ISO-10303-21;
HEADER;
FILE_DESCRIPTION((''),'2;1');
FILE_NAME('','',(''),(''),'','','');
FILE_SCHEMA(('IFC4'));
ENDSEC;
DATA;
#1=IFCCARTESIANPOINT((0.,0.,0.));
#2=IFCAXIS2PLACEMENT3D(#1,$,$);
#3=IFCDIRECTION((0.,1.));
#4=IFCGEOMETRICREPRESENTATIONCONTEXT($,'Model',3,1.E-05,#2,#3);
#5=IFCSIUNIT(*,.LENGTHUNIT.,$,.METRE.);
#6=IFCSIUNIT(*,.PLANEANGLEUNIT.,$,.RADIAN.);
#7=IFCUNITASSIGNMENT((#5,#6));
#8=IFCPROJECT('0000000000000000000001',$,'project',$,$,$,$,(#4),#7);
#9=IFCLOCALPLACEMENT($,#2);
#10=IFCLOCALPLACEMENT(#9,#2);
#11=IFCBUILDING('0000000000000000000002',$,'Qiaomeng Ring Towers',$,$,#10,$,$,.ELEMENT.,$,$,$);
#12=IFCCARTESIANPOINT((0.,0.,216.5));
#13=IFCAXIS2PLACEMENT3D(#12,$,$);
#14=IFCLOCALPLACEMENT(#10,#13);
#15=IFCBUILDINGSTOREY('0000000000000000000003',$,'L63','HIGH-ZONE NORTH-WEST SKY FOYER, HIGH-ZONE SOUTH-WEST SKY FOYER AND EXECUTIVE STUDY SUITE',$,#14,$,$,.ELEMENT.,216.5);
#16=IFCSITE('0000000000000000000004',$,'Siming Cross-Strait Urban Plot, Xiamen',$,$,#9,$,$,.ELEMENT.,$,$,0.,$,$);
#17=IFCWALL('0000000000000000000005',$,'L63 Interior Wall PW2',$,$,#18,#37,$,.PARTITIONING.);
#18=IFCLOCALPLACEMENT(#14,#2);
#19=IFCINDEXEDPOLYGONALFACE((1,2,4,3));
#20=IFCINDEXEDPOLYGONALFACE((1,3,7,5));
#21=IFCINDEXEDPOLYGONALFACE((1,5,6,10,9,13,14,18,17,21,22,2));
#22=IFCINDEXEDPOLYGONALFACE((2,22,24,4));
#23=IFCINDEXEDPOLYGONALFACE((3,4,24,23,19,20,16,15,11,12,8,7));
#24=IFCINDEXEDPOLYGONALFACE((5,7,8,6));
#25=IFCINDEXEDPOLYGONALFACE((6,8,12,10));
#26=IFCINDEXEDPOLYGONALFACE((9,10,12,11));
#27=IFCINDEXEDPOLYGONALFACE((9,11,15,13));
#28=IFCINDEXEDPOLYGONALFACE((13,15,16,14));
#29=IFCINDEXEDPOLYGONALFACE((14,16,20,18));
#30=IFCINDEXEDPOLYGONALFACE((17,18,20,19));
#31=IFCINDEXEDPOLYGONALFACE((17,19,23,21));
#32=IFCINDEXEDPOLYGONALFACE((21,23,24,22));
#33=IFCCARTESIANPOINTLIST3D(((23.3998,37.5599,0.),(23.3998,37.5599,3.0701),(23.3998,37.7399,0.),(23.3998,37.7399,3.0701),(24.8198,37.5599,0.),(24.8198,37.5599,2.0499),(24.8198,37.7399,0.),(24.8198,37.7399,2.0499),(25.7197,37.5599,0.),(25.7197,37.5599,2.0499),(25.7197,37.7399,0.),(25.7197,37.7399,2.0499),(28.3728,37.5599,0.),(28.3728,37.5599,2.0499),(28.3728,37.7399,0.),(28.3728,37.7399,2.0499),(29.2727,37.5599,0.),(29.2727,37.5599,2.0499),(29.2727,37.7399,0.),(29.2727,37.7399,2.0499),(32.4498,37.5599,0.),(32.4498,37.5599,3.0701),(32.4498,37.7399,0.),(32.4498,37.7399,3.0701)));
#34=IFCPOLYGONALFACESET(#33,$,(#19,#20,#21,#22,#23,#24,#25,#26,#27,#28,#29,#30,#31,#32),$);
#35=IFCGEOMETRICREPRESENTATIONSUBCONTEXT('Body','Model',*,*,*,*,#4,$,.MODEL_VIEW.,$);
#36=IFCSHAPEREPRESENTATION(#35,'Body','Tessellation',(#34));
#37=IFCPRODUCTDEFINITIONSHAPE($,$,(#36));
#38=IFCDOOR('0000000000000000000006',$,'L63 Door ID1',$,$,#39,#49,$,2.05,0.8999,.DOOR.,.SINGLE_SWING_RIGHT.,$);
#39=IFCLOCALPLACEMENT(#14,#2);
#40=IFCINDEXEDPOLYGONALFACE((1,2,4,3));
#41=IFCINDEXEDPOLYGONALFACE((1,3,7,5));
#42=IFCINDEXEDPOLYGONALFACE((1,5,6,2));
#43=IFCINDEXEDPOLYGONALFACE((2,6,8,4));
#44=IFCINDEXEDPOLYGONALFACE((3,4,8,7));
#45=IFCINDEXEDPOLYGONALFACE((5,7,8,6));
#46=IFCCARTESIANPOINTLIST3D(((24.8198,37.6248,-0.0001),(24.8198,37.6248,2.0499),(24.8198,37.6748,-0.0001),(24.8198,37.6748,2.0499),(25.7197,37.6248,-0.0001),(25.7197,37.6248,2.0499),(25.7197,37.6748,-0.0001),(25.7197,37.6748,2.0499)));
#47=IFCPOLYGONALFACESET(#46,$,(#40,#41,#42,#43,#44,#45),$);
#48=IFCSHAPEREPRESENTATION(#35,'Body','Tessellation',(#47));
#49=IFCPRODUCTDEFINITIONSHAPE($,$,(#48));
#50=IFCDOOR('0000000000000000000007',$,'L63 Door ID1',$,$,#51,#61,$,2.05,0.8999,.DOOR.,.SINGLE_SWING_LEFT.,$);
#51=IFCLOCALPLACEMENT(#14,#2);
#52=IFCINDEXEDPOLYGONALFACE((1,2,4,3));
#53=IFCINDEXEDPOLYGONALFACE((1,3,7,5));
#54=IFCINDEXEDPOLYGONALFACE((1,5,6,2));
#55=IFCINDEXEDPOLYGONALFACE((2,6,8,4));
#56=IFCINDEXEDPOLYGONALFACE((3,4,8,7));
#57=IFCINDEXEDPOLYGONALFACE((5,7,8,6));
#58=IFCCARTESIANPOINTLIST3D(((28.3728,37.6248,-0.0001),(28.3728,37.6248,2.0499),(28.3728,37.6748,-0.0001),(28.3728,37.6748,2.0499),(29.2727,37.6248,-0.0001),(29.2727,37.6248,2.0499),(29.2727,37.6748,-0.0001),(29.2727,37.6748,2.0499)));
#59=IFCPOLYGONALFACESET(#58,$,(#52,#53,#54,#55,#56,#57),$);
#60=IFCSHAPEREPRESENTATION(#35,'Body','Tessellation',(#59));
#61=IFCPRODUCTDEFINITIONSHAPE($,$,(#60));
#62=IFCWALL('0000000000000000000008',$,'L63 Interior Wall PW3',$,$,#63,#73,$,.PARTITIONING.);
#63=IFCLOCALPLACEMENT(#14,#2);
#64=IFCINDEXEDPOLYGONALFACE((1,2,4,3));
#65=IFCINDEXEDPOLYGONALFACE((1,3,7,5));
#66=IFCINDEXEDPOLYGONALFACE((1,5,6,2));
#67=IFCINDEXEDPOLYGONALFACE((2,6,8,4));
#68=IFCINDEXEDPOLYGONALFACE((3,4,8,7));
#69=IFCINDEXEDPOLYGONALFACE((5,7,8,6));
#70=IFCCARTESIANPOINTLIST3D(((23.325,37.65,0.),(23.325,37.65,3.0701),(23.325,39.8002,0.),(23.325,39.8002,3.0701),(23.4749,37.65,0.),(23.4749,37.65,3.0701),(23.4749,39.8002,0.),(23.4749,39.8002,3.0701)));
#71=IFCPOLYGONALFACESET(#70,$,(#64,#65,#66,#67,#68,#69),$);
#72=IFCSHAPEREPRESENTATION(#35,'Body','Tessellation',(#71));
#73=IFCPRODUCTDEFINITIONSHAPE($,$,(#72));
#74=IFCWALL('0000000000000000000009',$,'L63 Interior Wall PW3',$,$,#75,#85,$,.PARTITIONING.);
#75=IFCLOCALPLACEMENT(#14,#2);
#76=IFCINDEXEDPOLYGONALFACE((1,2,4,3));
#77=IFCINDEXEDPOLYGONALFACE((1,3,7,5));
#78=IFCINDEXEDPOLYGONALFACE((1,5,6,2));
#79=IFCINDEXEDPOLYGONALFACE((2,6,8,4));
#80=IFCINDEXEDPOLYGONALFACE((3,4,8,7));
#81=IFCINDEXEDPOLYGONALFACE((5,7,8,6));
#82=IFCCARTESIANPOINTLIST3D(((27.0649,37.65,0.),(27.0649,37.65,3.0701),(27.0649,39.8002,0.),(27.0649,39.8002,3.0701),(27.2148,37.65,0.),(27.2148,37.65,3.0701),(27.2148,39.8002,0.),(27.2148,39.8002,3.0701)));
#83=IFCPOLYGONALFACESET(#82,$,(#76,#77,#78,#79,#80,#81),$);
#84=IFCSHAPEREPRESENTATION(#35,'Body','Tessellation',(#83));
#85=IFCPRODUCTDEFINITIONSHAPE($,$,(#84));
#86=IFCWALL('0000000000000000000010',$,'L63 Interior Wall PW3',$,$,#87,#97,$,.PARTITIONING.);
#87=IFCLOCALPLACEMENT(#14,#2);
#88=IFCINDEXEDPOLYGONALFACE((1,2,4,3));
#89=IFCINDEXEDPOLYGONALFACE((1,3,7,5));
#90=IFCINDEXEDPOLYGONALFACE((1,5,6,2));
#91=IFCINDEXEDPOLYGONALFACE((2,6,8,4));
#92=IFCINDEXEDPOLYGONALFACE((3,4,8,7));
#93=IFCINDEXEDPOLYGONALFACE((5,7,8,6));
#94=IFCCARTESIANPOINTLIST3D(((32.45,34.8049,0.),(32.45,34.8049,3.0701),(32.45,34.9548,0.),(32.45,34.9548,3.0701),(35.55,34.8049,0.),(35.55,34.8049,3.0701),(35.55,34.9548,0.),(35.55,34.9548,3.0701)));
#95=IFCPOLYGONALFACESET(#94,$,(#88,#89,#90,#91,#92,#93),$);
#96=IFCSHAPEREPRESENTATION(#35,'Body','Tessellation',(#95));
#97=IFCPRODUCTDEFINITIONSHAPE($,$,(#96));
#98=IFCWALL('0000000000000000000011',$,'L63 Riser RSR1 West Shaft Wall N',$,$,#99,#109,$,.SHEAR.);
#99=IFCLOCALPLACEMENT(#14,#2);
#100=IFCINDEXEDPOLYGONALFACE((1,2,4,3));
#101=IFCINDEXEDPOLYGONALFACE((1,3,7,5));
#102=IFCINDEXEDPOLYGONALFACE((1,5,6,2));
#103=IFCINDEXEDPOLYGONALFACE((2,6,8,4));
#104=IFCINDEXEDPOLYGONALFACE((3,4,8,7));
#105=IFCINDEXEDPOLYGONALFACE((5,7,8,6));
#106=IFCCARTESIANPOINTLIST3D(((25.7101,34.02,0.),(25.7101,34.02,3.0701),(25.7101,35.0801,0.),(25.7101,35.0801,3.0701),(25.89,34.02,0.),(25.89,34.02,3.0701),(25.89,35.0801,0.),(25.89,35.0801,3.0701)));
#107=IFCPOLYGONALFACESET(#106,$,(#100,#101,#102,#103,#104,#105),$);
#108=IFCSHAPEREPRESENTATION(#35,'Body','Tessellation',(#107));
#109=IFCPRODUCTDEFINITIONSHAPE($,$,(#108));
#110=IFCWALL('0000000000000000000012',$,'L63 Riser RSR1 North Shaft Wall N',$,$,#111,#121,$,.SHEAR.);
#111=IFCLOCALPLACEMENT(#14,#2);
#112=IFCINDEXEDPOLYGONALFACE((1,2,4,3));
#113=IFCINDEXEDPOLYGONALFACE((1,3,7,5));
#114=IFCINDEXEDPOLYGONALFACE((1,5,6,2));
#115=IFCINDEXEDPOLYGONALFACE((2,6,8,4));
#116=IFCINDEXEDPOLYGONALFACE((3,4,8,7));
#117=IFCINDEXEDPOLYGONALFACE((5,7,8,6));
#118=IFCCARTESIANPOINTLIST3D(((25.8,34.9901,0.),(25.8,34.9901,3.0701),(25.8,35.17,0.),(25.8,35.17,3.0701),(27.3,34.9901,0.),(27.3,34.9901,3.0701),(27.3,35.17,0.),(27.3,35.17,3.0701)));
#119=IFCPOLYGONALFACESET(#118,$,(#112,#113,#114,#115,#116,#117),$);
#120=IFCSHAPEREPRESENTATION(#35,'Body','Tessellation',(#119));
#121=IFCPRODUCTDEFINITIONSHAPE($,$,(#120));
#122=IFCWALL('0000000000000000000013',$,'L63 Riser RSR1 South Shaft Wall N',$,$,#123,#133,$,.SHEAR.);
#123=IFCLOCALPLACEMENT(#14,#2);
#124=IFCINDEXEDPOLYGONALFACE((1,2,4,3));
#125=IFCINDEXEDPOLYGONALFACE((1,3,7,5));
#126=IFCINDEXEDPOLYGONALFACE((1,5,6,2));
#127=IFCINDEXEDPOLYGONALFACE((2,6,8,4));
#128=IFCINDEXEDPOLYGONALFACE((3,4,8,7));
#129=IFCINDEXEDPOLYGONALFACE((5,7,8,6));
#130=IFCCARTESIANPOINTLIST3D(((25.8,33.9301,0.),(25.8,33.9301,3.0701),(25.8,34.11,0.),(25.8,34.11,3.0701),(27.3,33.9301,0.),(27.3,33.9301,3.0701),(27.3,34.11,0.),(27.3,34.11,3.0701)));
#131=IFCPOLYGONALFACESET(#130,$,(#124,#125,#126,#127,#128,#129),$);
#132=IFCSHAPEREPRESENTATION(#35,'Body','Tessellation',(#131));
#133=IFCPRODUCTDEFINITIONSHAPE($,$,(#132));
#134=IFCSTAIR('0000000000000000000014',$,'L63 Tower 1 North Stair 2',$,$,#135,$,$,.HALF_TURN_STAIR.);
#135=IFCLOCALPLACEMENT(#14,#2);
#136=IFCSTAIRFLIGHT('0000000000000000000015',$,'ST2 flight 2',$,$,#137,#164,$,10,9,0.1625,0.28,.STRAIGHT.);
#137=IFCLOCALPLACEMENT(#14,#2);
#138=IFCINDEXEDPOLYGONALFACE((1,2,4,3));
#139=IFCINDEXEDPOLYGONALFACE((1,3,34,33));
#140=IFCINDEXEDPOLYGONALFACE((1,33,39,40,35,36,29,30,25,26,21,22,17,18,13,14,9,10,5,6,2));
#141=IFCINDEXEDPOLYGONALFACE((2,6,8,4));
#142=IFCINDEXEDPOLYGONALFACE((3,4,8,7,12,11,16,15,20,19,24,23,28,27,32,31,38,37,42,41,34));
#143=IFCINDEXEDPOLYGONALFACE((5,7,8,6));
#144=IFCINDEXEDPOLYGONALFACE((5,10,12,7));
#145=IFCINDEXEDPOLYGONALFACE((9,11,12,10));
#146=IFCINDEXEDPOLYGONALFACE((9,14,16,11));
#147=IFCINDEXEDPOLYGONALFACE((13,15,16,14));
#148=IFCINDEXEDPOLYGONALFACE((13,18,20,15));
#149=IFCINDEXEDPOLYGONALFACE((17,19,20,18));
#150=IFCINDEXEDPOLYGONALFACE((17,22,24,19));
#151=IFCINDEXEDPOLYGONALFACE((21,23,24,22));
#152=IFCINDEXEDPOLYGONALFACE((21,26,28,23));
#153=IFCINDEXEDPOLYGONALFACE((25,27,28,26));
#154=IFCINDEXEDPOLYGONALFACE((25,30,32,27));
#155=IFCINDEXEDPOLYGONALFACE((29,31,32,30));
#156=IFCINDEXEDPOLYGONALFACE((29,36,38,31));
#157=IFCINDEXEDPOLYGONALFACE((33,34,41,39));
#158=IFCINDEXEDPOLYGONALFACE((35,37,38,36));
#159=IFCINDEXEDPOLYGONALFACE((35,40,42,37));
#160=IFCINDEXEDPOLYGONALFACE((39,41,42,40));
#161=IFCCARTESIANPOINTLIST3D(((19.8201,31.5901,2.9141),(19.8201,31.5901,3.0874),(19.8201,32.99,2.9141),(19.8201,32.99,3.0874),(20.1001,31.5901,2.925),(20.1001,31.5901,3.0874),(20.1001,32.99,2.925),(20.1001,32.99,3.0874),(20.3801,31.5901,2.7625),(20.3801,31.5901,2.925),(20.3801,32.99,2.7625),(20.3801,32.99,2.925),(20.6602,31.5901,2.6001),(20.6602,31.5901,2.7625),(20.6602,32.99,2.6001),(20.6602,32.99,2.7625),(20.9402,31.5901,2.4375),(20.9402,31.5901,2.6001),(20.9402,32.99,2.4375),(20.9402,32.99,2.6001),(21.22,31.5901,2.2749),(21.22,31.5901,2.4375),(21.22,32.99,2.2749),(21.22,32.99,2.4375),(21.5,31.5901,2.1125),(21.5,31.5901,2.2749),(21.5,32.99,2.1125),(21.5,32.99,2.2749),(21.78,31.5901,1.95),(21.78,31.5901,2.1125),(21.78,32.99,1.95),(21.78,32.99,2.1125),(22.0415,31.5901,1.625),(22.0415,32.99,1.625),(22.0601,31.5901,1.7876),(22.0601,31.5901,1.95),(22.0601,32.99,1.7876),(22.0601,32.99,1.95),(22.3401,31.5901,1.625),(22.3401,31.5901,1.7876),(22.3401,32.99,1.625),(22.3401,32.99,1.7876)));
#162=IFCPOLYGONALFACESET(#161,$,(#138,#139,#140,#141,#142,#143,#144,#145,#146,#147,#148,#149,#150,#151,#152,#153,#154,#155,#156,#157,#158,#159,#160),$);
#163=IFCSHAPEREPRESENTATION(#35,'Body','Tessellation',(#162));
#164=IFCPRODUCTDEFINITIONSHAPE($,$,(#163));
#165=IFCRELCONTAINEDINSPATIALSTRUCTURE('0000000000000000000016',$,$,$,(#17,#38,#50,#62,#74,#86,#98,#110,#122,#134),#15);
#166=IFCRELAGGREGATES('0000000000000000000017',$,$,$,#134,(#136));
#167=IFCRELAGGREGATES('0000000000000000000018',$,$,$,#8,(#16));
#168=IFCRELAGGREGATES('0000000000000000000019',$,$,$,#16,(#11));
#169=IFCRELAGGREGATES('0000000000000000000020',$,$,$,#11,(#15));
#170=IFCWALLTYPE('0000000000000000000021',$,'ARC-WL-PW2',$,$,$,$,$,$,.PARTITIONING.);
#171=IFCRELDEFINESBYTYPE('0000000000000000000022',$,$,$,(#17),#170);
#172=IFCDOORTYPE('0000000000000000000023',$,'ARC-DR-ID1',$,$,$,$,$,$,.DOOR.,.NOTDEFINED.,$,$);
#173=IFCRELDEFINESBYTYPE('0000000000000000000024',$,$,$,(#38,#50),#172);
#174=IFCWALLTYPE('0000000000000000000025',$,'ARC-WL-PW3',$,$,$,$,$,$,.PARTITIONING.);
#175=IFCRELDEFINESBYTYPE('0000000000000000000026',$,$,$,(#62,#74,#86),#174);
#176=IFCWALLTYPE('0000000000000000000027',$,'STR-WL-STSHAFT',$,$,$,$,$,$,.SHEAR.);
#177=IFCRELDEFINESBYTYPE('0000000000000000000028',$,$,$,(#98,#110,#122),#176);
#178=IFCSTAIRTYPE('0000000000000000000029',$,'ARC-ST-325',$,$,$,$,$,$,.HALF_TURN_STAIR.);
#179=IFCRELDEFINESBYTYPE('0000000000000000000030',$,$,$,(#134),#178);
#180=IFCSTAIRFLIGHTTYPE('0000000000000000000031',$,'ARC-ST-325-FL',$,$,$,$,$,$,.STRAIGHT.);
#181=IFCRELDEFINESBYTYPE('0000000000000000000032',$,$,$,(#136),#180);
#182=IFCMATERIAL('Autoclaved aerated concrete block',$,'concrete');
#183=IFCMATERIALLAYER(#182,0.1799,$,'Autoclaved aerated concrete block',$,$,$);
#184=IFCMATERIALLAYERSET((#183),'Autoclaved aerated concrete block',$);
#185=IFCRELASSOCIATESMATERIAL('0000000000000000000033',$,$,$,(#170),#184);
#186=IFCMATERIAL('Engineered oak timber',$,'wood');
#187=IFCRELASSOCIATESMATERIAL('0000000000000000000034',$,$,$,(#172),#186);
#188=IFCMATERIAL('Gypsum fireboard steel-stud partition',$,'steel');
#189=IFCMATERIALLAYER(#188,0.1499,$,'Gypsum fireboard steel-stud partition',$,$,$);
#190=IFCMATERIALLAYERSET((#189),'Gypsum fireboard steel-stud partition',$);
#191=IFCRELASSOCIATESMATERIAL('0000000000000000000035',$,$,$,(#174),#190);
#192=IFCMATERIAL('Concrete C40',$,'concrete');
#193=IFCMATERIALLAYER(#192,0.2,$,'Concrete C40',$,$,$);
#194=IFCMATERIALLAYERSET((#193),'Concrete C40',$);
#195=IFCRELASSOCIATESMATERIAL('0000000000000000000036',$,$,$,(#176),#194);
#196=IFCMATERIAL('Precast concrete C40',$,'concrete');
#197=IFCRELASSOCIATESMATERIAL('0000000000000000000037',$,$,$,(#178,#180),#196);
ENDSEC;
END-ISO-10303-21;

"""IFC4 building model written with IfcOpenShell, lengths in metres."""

from ifc_helpers import new_model, si_unit, direction, frame, frame_2d, origin, place, context, subcontext, project, spatial, polyline, rectangle, outline, extrude, source, transform, mapped, material, layer, layer_set, type_object, element, fill, aggregate, save


model = new_model("IFC4")

# Units and contexts
model_context = context("Model", 3, precision=1e-05, world=origin(), true_north=direction((0.0, 1.0)))
body_context = subcontext(model_context, "Body", "Model", "MODEL_VIEW")
ifc_project = project(units=[si_unit("LENGTHUNIT", "METRE"), si_unit("PLANEANGLEUNIT", "RADIAN")], contexts=[model_context])

# Site, building, storey
site_placement = place(None, origin())
site = spatial("IfcSite", under=ifc_project, at=site_placement, Name="Siming Cross-Strait Urban Plot, Xiamen", CompositionType="ELEMENT", RefElevation=0.0)
building_placement = place(site_placement, origin())
building = spatial("IfcBuilding", under=site, at=building_placement, Name="Qiaomeng Ring Towers", CompositionType="ELEMENT")
storey_placement = place(building_placement, frame((0.0, 0.0, 216.5)))
storey = spatial("IfcBuildingStorey", under=building, at=storey_placement, Name="L63", Description="HIGH-ZONE NORTH-WEST SKY FOYER, HIGH-ZONE SOUTH-WEST SKY FOYER AND EXECUTIVE STUDY SUITE", CompositionType="ELEMENT", Elevation=216.5)

# Shared definitions
ifc_material_1 = material(Name="Concrete C40", Category="concrete")

# Shared definitions
ifc_material_2 = material(Name="Autoclaved aerated concrete block", Category="concrete")

# Wall, openings, doors
ifc_layer_1 = layer(ifc_material_2, 0.1799, Name="Autoclaved aerated concrete block")
ifc_layer_set_1 = layer_set([ifc_layer_1], Name="Autoclaved aerated concrete block")
wall_type_1 = type_object("IfcWallType", Name="ARC-WL-PW2", PredefinedType="PARTITIONING", material=ifc_layer_set_1)
wall_1_placement = place(storey_placement, frame((23.3999, 37.6499, 0.0), z_axis=(0.0, 0.0, 1.0), x_axis=(1.0, 0.0, 0.0)))
wall_1 = element("IfcWall", 1, at=wall_1_placement, inside=storey, type_object=wall_type_1, Name="L63 Interior Wall PW2", PredefinedType="PARTITIONING", context=body_context, shape_type="SweptSolid", body=[
    extrude(rectangle(XDim=9.05, YDim=0.1799, at=frame_2d((4.5249, 0.0))), origin(), (0.0, 0.0, 1.0), 3.0701),
])
opening_1_placement = place(wall_1_placement, frame((1.4199, 0.0, 0.0)))
opening_1 = element("IfcOpeningElement", 2, at=opening_1_placement, cuts=wall_1, PredefinedType="OPENING", context=body_context, shape_type="SweptSolid", body=[
    extrude(rectangle(XDim=0.8999, YDim=2.05, at=frame_2d((0.45, 1.0249))), frame((0.0, 0.0999, 0.0), z_axis=(0.0, -1.0, 0.0), x_axis=(1.0, 0.0, 0.0)), (0.0, 0.0, 1.0), 0.2),
])
opening_2_placement = place(wall_1_placement, frame((4.9729, 0.0, 0.0)))
opening_2 = element("IfcOpeningElement", 3, at=opening_2_placement, cuts=wall_1, PredefinedType="OPENING", context=body_context, shape_type="SweptSolid", body=[
    extrude(rectangle(XDim=0.8999, YDim=2.05, at=frame_2d((0.45, 1.0249))), frame((0.0, 0.0999, 0.0), z_axis=(0.0, -1.0, 0.0), x_axis=(1.0, 0.0, 0.0)), (0.0, 0.0, 1.0), 0.2),
])
ifc_material_3 = material(Name="Engineered oak timber", Category="wood")
door_type = type_object("IfcDoorType", Name="ARC-DR-ID1", OperationType="NOTDEFINED", PredefinedType="DOOR", material=ifc_material_3)
shared_shape_1 = source(origin(), body_context, "Body", "SweptSolid", [
    extrude(rectangle(XDim=0.8999, YDim=2.05, at=frame_2d((0.45, 1.0249))), frame((0.0, 0.0249, 0.0), z_axis=(0.0, -1.0, 0.0), x_axis=(1.0, 0.0, 0.0)), (0.0, 0.0, 1.0), 0.05),
])
door_1_placement = place(opening_1_placement, origin())
door_1 = element("IfcDoor", 4, at=door_1_placement, inside=storey, type_object=door_type, Name="L63 Door ID1", OperationType="SINGLE_SWING_RIGHT", OverallHeight=2.05, OverallWidth=0.8999, PredefinedType="DOOR", context=body_context, shape_type="MappedRepresentation", body=[
    mapped(shared_shape_1, transform((0.0, 0.0, 0.0), x_axis=(1.0, 0.0, 0.0), y_axis=(0.0, 1.0, 0.0), z_axis=(0.0, 0.0, 1.0), scale=1.0)),
])
fill(opening_1, door_1)
door_2_placement = place(opening_2_placement, origin())
door_2 = element("IfcDoor", 5, at=door_2_placement, inside=storey, type_object=door_type, Name="L63 Door ID1", OperationType="SINGLE_SWING_LEFT", OverallHeight=2.05, OverallWidth=0.8999, PredefinedType="DOOR", context=body_context, shape_type="MappedRepresentation", body=[
    mapped(shared_shape_1, transform((0.0, 0.0, 0.0), x_axis=(1.0, 0.0, 0.0), y_axis=(0.0, 1.0, 0.0), z_axis=(0.0, 0.0, 1.0), scale=1.0)),
])
fill(opening_2, door_2)

# Walls
ifc_material_4 = material(Name="Gypsum fireboard steel-stud partition", Category="steel")
ifc_layer_2 = layer(ifc_material_4, 0.1499, Name="Gypsum fireboard steel-stud partition")
ifc_layer_set_2 = layer_set([ifc_layer_2], Name="Gypsum fireboard steel-stud partition")
wall_type_2 = type_object("IfcWallType", Name="ARC-WL-PW3", PredefinedType="PARTITIONING", material=ifc_layer_set_2)
for number, where, z_axis, x_axis, name in (
    (6, (23.3999, 37.6499, 0.0), (0.0, 0.0, 1.0), (0.0, 1.0, 0.0), "L63 Interior Wall PW3"),
    (7, (27.1399, 37.6499, 0.0), (0.0, 0.0, 1.0), (0.0, 1.0, 0.0), "L63 Interior Wall PW3"),
):
    element("IfcWall", number, at=place(storey_placement, frame(where, z_axis=z_axis, x_axis=x_axis)), inside=storey, type_object=wall_type_2, Name=name, PredefinedType="PARTITIONING", context=body_context, shape_type="SweptSolid", body=[
        extrude(rectangle(XDim=2.1501, YDim=0.1499, at=frame_2d((1.0752, 0.0))), origin(), (0.0, 0.0, 1.0), 3.0701),
    ])
wall_2_placement = place(storey_placement, frame((32.45, 34.8799, 0.0), z_axis=(0.0, 0.0, 1.0), x_axis=(1.0, 0.0, 0.0)))
element("IfcWall", 8, at=wall_2_placement, inside=storey, type_object=wall_type_2, Name="L63 Interior Wall PW3", PredefinedType="PARTITIONING", context=body_context, shape_type="SweptSolid", body=[
    extrude(rectangle(XDim=3.1001, YDim=0.1499, at=frame_2d((1.55, 0.0))), origin(), (0.0, 0.0, 1.0), 3.0701),
])
ifc_layer_3 = layer(ifc_material_1, 0.2, Name="Concrete C40")
ifc_layer_set_3 = layer_set([ifc_layer_3], Name="Concrete C40")
wall_type_3 = type_object("IfcWallType", Name="STR-WL-STSHAFT", PredefinedType="SHEAR", material=ifc_layer_set_3)
wall_3_placement = place(storey_placement, frame((25.8, 34.02, 0.0), z_axis=(0.0, 0.0, 1.0), x_axis=(0.0, 1.0, 0.0)))
element("IfcWall", 9, at=wall_3_placement, inside=storey, type_object=wall_type_3, Name="L63 Riser RSR1 West Shaft Wall N", PredefinedType="SHEAR", context=body_context, shape_type="SweptSolid", body=[
    extrude(rectangle(XDim=1.0601, YDim=0.1799, at=frame_2d((0.53, 0.0))), origin(), (0.0, 0.0, 1.0), 3.0701),
])
for number, where, z_axis, x_axis, name in (
    (10, (25.8, 35.0801, 0.0), (0.0, 0.0, 1.0), (1.0, 0.0, 0.0), "L63 Riser RSR1 North Shaft Wall N"),
    (11, (25.8, 34.02, 0.0), (0.0, 0.0, 1.0), (1.0, 0.0, 0.0), "L63 Riser RSR1 South Shaft Wall N"),
):
    element("IfcWall", number, at=place(storey_placement, frame(where, z_axis=z_axis, x_axis=x_axis)), inside=storey, type_object=wall_type_3, Name=name, PredefinedType="SHEAR", context=body_context, shape_type="SweptSolid", body=[
        extrude(rectangle(XDim=1.5, YDim=0.1799, at=frame_2d((0.75, 0.0))), origin(), (0.0, 0.0, 1.0), 3.0701),
    ])

# Stair, stair flight
ifc_material_5 = material(Name="Precast concrete C40", Category="concrete")
stair_type = type_object("IfcStairType", Name="ARC-ST-325", PredefinedType="HALF_TURN_STAIR", material=ifc_material_5)
stair_placement = place(storey_placement, origin())
stair = element("IfcStair", 12, at=stair_placement, inside=storey, type_object=stair_type, Name="L63 Tower 1 North Stair 2", PredefinedType="HALF_TURN_STAIR")
stair_flight_type = type_object("IfcStairFlightType", Name="ARC-ST-325-FL", PredefinedType="STRAIGHT", material=ifc_material_5)
shared_shape_2 = source(origin(), body_context, "Body", "SweptSolid", [
    extrude(outline(polyline([(0.0, 0.0), (0.0, 0.1626), (0.28, 0.1626), (0.28, 0.325), (0.5601, 0.325), (0.5601, 0.4875), (0.8401, 0.4875), (0.8401, 0.6499), (1.1201, 0.6499), (1.1201, 0.8125), (1.3999, 0.8125), (1.3999, 0.9751), (1.6799, 0.9751), (1.6799, 1.1375), (1.96, 1.1375), (1.96, 1.3), (2.24, 1.3), (2.24, 1.4624), (2.52, 1.4624), (2.52, 1.625), (2.52, 1.2891), (0.2986, 0.0), (0.0, 0.0)])), frame((0.0, 0.7, 0.0), z_axis=(0.0, -1.0, 0.0), x_axis=(1.0, 0.0, 0.0)), (0.0, 0.0, 1.0), 1.3999),
])
stair_flight_placement = place(storey_placement, frame((22.3401, 32.29, 1.625), z_axis=(0.0, 0.0, 1.0), x_axis=(-1.0, 0.0, 0.0)))
stair_flight = element("IfcStairFlight", 13, at=stair_flight_placement, type_object=stair_flight_type, Name="ST2 flight 2", NumberOfRisers=10, NumberOfTreads=9, PredefinedType="STRAIGHT", RiserHeight=0.1625, TreadLength=0.28, context=body_context, shape_type="MappedRepresentation", body=[
    mapped(shared_shape_2, transform((0.0, 0.0, 0.0), x_axis=(1.0, 0.0, 0.0), y_axis=(0.0, 1.0, 0.0), z_axis=(0.0, 0.0, 1.0), scale=1.0)),
])
aggregate(stair, [stair_flight])

save(model, "model.ifc")
